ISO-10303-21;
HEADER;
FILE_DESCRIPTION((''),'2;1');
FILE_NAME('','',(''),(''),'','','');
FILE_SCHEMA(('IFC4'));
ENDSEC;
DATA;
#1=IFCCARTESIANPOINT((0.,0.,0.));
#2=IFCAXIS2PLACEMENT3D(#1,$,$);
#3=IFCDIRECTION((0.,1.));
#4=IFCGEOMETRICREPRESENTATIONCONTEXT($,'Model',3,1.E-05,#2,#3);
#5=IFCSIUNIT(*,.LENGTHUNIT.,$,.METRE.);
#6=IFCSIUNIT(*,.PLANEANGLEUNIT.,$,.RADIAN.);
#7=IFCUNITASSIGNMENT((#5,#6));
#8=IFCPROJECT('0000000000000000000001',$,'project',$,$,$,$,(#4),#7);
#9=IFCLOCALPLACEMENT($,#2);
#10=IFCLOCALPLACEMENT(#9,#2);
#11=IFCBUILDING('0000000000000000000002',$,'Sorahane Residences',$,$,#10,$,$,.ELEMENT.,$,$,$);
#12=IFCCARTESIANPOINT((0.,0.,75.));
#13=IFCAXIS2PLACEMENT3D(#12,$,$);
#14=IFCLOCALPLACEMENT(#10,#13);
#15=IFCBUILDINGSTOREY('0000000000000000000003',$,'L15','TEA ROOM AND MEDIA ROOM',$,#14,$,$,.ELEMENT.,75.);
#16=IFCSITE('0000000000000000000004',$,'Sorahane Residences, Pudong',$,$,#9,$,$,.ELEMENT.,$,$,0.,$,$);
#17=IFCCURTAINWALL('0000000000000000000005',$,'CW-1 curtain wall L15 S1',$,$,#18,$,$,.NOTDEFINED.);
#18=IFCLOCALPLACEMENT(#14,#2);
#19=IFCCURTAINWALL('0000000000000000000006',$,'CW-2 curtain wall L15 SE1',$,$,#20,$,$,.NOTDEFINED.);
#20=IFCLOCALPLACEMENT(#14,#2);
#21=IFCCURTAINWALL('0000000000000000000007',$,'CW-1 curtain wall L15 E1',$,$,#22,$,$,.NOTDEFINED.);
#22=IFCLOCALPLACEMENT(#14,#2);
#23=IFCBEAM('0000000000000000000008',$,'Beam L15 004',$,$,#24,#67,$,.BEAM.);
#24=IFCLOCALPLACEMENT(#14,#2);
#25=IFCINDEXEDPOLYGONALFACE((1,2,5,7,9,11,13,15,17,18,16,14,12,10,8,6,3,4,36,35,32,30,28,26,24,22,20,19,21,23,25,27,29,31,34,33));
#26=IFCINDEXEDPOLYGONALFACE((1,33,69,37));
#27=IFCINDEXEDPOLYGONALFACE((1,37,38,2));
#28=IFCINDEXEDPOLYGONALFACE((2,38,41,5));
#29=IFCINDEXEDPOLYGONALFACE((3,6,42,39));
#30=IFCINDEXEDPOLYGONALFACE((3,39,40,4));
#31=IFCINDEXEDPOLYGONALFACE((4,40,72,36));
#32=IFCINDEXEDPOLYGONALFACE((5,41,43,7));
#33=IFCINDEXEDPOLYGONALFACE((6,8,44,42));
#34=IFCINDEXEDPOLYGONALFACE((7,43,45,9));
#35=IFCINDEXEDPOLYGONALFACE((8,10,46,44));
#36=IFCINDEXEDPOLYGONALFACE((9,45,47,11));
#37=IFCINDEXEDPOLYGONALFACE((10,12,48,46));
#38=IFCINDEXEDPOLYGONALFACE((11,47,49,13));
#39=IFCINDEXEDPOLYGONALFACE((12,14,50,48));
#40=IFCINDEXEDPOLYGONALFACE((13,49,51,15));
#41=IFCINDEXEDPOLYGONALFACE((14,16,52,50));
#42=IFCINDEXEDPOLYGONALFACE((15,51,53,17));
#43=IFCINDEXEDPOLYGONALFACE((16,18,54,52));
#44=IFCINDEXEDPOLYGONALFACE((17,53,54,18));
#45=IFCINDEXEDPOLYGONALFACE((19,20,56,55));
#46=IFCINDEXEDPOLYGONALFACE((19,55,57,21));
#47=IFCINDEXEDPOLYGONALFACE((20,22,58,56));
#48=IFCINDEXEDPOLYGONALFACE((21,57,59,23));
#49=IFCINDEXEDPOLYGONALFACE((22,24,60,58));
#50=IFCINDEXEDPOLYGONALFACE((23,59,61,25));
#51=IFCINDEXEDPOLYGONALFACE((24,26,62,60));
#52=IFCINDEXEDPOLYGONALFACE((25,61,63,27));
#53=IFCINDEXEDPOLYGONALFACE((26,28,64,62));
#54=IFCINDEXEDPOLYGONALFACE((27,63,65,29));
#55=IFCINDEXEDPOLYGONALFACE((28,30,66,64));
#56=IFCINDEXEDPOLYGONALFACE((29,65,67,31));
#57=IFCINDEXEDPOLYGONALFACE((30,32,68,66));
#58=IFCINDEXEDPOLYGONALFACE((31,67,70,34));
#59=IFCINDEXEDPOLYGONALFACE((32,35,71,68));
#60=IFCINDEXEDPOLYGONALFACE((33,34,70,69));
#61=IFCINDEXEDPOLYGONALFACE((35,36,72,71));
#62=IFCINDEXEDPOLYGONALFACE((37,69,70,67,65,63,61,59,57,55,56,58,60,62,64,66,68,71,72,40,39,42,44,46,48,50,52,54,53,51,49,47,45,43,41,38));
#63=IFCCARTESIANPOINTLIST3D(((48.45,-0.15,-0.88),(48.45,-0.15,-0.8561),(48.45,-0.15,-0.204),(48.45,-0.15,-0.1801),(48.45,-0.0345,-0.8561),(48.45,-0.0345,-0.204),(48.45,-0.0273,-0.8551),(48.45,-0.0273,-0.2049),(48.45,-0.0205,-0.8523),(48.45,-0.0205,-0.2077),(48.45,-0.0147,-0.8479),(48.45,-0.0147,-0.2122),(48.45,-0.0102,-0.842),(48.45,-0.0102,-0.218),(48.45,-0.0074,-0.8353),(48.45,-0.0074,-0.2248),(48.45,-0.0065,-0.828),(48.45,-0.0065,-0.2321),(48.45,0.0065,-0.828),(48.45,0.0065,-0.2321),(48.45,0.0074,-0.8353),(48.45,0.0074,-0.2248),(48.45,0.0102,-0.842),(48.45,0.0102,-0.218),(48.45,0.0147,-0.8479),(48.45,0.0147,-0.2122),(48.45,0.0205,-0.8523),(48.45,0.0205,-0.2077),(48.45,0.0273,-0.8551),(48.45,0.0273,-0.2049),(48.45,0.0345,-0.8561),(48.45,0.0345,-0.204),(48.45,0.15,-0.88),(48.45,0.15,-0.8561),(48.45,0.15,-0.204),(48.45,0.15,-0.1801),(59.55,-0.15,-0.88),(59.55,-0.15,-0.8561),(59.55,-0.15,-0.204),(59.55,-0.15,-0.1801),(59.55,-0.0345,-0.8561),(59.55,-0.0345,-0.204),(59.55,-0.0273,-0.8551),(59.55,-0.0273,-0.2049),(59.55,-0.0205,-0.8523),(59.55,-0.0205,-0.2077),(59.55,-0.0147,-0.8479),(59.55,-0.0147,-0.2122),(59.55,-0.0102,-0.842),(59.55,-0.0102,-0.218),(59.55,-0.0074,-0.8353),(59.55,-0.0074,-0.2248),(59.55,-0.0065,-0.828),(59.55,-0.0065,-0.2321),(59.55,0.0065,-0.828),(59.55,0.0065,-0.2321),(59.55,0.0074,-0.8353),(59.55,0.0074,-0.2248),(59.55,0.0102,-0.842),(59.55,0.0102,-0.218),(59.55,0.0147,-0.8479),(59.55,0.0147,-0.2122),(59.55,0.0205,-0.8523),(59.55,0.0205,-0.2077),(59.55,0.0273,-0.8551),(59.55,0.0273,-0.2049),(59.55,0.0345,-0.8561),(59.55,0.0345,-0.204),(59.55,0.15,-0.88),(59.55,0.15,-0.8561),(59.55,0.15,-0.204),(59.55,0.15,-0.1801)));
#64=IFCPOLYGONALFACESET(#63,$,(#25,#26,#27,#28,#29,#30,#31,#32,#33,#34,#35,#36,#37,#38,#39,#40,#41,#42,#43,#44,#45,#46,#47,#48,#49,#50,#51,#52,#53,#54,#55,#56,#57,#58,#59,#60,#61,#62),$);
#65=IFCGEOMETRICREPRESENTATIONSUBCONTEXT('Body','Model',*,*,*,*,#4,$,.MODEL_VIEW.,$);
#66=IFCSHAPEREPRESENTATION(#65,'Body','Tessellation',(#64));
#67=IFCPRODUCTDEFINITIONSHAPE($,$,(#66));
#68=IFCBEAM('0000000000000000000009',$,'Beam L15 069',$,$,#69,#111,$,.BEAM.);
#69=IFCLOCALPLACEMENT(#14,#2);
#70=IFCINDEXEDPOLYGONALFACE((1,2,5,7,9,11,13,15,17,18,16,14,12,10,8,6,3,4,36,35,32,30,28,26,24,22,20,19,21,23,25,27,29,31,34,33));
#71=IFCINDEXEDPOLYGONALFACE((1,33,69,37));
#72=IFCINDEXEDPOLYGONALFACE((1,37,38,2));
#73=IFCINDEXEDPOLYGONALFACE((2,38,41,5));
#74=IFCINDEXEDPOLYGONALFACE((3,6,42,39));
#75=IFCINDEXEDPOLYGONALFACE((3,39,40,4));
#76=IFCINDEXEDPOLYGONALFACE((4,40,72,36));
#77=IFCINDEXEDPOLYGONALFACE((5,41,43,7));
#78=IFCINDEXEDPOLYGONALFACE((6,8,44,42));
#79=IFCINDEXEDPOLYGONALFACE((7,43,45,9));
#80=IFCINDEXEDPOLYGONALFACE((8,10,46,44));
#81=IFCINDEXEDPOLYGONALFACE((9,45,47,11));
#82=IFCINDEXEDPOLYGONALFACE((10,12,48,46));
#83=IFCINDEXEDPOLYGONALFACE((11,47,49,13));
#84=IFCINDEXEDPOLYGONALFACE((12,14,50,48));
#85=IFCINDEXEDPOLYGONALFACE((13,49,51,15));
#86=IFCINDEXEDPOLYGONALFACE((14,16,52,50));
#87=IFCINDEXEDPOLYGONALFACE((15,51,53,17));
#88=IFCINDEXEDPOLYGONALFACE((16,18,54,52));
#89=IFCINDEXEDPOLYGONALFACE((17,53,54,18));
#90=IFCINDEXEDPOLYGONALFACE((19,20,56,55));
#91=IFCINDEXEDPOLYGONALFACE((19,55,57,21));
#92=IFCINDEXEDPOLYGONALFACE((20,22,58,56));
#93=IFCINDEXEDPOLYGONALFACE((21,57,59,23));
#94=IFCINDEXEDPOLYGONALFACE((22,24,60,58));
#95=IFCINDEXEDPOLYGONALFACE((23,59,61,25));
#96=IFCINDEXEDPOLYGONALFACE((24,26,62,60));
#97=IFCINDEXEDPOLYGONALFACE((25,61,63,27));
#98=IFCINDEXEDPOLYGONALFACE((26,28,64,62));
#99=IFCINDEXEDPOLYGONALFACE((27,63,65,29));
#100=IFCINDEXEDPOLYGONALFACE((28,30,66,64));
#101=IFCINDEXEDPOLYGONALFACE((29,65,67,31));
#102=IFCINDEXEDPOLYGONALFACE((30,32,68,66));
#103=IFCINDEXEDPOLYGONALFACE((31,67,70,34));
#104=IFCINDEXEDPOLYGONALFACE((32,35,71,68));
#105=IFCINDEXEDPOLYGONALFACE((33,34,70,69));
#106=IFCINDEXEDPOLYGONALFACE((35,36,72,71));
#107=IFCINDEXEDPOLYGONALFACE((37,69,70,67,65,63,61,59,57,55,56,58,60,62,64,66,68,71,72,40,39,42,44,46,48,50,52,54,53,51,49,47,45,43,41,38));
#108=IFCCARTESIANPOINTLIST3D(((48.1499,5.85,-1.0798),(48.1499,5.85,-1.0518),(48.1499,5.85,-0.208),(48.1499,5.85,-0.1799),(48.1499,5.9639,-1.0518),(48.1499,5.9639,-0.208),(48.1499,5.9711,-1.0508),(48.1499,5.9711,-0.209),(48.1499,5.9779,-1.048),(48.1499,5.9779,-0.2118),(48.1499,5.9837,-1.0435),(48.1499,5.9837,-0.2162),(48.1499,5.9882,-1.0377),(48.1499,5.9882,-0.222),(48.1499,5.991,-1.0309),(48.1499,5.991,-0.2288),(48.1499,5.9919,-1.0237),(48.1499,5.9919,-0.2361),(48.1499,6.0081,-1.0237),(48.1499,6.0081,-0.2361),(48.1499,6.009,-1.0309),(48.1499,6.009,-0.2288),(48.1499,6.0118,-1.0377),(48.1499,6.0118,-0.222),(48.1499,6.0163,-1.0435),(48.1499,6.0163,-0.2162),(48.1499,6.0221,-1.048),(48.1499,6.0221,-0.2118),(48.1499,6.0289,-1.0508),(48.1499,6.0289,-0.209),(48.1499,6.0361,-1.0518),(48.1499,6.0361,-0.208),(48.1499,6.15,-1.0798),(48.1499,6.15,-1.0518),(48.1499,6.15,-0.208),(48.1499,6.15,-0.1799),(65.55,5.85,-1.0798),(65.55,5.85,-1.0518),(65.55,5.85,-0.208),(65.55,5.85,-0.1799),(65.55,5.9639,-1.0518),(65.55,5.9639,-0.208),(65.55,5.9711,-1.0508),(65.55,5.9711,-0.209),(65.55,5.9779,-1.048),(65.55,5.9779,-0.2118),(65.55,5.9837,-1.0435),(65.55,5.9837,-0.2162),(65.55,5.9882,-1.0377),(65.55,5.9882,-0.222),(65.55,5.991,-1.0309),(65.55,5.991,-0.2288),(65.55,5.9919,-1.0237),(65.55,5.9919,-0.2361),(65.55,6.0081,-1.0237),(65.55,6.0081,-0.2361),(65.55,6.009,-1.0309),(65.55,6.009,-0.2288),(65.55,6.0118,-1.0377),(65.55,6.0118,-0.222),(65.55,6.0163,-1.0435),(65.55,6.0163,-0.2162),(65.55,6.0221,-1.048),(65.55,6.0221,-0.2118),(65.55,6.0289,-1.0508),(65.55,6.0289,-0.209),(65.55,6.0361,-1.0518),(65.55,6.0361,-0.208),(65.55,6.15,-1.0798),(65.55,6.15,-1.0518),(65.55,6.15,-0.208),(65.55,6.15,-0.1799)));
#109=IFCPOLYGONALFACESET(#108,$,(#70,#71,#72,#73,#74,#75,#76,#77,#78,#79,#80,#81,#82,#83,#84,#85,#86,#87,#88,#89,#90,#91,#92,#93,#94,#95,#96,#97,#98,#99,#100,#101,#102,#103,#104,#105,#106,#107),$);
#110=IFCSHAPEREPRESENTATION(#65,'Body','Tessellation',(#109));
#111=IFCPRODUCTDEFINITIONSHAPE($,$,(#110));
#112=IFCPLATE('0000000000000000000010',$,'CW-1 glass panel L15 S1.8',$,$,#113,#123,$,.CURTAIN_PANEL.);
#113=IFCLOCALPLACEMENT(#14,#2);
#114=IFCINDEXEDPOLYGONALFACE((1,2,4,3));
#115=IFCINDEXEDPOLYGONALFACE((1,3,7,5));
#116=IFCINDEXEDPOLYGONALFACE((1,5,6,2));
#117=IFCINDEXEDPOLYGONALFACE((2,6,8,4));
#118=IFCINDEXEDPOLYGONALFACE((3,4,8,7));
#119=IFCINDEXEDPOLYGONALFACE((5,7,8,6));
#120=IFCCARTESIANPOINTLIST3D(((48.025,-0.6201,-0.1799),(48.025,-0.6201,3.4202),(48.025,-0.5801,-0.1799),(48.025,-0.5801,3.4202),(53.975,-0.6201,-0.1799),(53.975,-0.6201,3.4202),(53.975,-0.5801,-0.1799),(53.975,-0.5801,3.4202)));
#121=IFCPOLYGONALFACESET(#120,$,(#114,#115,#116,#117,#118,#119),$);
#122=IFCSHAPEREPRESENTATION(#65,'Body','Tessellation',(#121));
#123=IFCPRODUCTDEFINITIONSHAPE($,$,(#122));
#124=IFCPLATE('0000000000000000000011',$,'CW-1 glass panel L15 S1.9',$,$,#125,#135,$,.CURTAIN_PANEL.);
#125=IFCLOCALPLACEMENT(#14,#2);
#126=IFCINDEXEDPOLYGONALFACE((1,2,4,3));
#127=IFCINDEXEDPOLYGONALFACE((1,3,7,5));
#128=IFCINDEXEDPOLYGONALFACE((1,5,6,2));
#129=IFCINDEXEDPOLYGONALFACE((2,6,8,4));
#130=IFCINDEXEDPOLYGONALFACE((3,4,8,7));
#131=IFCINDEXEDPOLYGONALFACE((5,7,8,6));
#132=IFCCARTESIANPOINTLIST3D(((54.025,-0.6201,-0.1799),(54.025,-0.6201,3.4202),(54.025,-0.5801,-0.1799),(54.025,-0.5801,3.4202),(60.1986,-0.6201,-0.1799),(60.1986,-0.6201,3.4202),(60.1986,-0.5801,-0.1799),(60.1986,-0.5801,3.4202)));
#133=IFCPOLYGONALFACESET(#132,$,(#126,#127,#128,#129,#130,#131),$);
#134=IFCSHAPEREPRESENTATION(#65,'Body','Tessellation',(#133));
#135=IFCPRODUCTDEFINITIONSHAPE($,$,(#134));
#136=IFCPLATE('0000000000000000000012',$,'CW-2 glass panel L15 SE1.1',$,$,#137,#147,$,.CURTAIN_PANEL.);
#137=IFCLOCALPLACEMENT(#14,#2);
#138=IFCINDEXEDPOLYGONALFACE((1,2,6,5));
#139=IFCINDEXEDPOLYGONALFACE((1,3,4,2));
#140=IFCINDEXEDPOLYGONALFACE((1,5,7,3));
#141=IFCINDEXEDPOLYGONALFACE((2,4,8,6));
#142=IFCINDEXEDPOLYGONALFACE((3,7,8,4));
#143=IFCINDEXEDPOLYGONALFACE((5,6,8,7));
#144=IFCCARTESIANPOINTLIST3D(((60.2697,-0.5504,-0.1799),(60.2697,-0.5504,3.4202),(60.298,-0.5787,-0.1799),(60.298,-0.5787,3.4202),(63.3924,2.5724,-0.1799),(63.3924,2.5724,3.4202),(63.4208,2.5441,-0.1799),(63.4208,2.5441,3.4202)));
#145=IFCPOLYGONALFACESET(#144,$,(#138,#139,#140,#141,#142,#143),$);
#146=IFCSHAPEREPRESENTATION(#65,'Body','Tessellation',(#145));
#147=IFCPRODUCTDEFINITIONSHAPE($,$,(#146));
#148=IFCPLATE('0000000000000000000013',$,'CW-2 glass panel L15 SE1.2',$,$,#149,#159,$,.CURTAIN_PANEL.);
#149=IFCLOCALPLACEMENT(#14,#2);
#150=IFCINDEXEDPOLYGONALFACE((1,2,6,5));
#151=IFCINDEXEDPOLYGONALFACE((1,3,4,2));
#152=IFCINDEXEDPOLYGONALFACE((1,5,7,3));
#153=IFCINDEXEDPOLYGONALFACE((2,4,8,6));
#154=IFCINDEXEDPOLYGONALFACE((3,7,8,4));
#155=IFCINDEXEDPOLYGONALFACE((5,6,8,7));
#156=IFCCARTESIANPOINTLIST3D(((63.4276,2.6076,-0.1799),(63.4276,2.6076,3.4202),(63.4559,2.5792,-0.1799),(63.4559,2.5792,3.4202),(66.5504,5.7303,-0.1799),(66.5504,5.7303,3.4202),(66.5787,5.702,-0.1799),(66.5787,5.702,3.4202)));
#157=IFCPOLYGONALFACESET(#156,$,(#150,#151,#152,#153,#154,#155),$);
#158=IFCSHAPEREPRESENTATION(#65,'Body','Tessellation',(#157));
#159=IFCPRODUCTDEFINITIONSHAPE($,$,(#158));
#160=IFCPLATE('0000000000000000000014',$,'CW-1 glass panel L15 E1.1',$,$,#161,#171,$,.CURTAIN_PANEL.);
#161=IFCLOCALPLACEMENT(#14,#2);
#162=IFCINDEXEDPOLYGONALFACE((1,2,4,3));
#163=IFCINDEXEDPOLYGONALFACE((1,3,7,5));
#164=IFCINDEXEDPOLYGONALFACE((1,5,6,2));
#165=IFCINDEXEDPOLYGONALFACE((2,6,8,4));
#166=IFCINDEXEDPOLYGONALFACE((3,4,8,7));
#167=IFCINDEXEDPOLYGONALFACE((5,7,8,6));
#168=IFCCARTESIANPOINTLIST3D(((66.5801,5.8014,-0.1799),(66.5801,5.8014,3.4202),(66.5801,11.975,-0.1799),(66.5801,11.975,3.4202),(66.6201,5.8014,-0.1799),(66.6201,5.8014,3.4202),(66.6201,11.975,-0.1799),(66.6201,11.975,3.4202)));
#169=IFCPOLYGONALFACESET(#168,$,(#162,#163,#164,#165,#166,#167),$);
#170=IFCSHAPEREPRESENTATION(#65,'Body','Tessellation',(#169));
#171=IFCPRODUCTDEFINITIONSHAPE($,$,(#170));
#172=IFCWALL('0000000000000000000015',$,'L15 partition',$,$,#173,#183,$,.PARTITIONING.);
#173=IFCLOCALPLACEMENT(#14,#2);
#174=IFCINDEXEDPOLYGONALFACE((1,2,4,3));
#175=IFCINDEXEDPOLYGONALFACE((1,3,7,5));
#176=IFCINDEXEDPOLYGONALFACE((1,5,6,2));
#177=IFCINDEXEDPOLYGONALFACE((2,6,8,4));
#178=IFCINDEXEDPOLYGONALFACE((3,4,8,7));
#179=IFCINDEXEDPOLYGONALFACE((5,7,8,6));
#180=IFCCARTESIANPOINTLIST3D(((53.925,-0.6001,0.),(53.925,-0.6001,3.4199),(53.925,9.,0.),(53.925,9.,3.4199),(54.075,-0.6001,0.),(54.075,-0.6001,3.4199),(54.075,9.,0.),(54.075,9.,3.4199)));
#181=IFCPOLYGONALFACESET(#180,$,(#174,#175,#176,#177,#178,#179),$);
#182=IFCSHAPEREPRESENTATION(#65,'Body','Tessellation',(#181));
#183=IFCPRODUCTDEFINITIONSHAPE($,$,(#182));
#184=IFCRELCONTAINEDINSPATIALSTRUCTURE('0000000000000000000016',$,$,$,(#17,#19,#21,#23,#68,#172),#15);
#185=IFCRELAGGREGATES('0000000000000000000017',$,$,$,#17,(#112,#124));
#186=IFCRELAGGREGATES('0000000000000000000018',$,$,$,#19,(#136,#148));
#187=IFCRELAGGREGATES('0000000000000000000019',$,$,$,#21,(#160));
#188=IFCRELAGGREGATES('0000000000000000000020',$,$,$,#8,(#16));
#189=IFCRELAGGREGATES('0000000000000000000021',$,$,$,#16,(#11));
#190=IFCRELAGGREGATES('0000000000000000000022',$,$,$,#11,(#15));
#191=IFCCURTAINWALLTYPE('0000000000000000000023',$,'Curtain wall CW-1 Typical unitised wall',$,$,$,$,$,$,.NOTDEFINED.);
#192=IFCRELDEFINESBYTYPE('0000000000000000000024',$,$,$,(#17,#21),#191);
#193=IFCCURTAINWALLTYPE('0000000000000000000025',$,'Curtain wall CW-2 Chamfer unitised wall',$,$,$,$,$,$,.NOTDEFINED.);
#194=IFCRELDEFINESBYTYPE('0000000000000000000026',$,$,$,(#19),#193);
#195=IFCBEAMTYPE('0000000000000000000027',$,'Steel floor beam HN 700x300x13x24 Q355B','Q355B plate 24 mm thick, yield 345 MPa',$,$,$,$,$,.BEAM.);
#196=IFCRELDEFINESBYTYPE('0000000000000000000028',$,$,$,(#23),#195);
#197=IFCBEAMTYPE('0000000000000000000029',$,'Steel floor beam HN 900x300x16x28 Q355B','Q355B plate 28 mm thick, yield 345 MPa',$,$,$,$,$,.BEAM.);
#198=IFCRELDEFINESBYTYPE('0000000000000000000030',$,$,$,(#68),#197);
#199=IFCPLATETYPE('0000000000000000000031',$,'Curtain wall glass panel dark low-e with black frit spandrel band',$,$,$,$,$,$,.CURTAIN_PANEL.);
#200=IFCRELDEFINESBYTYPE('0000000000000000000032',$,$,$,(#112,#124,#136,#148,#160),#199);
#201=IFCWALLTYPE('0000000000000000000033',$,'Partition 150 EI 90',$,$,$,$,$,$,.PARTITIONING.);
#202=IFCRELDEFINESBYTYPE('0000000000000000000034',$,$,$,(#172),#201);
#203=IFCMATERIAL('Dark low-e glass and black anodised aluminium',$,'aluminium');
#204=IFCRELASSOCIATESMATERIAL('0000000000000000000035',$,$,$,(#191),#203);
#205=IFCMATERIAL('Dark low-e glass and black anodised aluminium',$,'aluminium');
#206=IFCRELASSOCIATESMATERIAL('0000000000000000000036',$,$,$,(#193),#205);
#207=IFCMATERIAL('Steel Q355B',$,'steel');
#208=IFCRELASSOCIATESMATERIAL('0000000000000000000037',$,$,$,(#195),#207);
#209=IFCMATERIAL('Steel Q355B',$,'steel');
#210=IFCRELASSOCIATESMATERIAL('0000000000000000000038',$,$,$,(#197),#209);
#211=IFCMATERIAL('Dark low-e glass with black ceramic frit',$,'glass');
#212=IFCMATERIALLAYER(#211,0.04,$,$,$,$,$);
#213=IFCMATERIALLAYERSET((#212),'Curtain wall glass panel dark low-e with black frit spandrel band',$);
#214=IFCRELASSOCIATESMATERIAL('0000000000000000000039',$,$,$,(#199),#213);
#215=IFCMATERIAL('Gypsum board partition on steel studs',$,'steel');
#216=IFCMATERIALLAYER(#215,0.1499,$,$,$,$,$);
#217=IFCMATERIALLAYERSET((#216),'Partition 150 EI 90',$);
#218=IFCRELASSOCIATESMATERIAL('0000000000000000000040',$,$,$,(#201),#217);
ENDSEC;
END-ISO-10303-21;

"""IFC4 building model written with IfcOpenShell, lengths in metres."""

from ifc_helpers import new_model, si_unit, direction, frame, frame_2d, origin, origin_2d, place, context, subcontext, project, spatial, rectangle, i_section, extrude, material, layer, layer_set, material_profile, profile_set, type_object, element, aggregate, save


model = new_model("IFC4")

# Units and contexts
model_context = context("Model", 3, precision=1e-05, world=origin(), true_north=direction((0.0, 1.0)))
body_context = subcontext(model_context, "Body", "Model", "MODEL_VIEW")
ifc_project = project(units=[si_unit("LENGTHUNIT", "METRE"), si_unit("PLANEANGLEUNIT", "RADIAN")], contexts=[model_context])

# Site, building, storey
site_placement = place(None, origin())
site = spatial("IfcSite", under=ifc_project, at=site_placement, Name="Sorahane Residences, Pudong", CompositionType="ELEMENT", RefElevation=0.0)
building_placement = place(site_placement, origin())
building = spatial("IfcBuilding", under=site, at=building_placement, Name="Sorahane Residences", CompositionType="ELEMENT")
storey_placement = place(building_placement, frame((0.0, 0.0, 75.0)))
storey = spatial("IfcBuildingStorey", under=building, at=storey_placement, Name="L15", Description="TEA ROOM AND MEDIA ROOM", CompositionType="ELEMENT", Elevation=75.0)

# Curtain walls
ifc_material_1 = material(Name="Dark low-e glass and black anodised aluminium", Category="aluminium")
curtain_wall_type_1 = type_object("IfcCurtainWallType", Name="Curtain wall CW-1 Typical unitised wall", PredefinedType="NOTDEFINED", material=ifc_material_1)
curtain_wall_1_placement = place(storey_placement, origin())
curtain_wall_1 = element("IfcCurtainWall", 1, at=curtain_wall_1_placement, inside=storey, type_object=curtain_wall_type_1, Name="CW-1 curtain wall L15 S1", PredefinedType="NOTDEFINED")
ifc_material_2 = material(Name="Dark low-e glass and black anodised aluminium", Category="aluminium")
curtain_wall_type_2 = type_object("IfcCurtainWallType", Name="Curtain wall CW-2 Chamfer unitised wall", PredefinedType="NOTDEFINED", material=ifc_material_2)
curtain_wall_2_placement = place(storey_placement, origin())
curtain_wall_2 = element("IfcCurtainWall", 2, at=curtain_wall_2_placement, inside=storey, type_object=curtain_wall_type_2, Name="CW-2 curtain wall L15 SE1", PredefinedType="NOTDEFINED")

# Curtain wall
curtain_wall_3_placement = place(storey_placement, origin())
curtain_wall_3 = element("IfcCurtainWall", 3, at=curtain_wall_3_placement, inside=storey, type_object=curtain_wall_type_1, Name="CW-1 curtain wall L15 E1", PredefinedType="NOTDEFINED")

# Beams
ifc_material_3 = material(Name="Steel Q355B", Category="steel")
ifc_material_profile_1 = material_profile(ifc_material_3, i_section(OverallWidth=0.3, OverallDepth=0.7, WebThickness=0.0129, FlangeThickness=0.0239, FilletRadius=0.0281, at=origin_2d()), Name="HN 700x300x13x24")
ifc_profile_set_1 = profile_set([ifc_material_profile_1], Name="Steel Q355B")
beam_type_1 = type_object("IfcBeamType", Name="Steel floor beam HN 700x300x13x24 Q355B", Description="Q355B plate 24 mm thick, yield 345 MPa", PredefinedType="BEAM", material=ifc_profile_set_1)
beam_1_placement = place(storey_placement, frame((48.45, 0.0, -0.53), z_axis=(1.0, 0.0, 0.0), x_axis=(0.0, 1.0, 0.0)))
element("IfcBeam", 4, at=beam_1_placement, inside=storey, type_object=beam_type_1, Name="Beam L15 004", PredefinedType="BEAM", context=body_context, shape_type="SweptSolid", body=[
    extrude(i_section(OverallWidth=0.3, OverallDepth=0.7, WebThickness=0.0129, FlangeThickness=0.0239, FilletRadius=0.0281, at=origin_2d()), origin(), (0.0, 0.0, 1.0), 11.1001),
])
ifc_material_4 = material(Name="Steel Q355B", Category="steel")
ifc_material_profile_2 = material_profile(ifc_material_4, i_section(OverallWidth=0.3, OverallDepth=0.8999, WebThickness=0.0161, FlangeThickness=0.0281, FilletRadius=0.0281, at=origin_2d()), Name="HN 900x300x16x28")
ifc_profile_set_2 = profile_set([ifc_material_profile_2], Name="Steel Q355B")
beam_type_2 = type_object("IfcBeamType", Name="Steel floor beam HN 900x300x16x28 Q355B", Description="Q355B plate 28 mm thick, yield 345 MPa", PredefinedType="BEAM", material=ifc_profile_set_2)
beam_2_placement = place(storey_placement, frame((48.1499, 6.0, -0.6299), z_axis=(1.0, 0.0, 0.0), x_axis=(0.0, 1.0, 0.0)))
element("IfcBeam", 5, at=beam_2_placement, inside=storey, type_object=beam_type_2, Name="Beam L15 069", PredefinedType="BEAM", context=body_context, shape_type="SweptSolid", body=[
    extrude(i_section(OverallWidth=0.3, OverallDepth=0.8999, WebThickness=0.0161, FlangeThickness=0.0281, FilletRadius=0.0281, at=origin_2d()), origin(), (0.0, 0.0, 1.0), 17.4001),
])

# Plates
ifc_material_5 = material(Name="Dark low-e glass with black ceramic frit", Category="glass")
ifc_layer_1 = layer(ifc_material_5, 0.04)
ifc_layer_set_1 = layer_set([ifc_layer_1], Name="Curtain wall glass panel dark low-e with black frit spandrel band")
plate_type = type_object("IfcPlateType", Name="Curtain wall glass panel dark low-e with black frit spandrel band", PredefinedType="CURTAIN_PANEL", material=ifc_layer_set_1)
plate_1_placement = place(storey_placement, frame((51.0, -0.6001, -0.1799), z_axis=(0.0, 0.0, 1.0), x_axis=(1.0, 0.0, 0.0)))
plate_1 = element("IfcPlate", 6, at=plate_1_placement, type_object=plate_type, Name="CW-1 glass panel L15 S1.8", PredefinedType="CURTAIN_PANEL", context=body_context, shape_type="SweptSolid", body=[
    extrude(rectangle(XDim=5.95, YDim=0.04, at=origin_2d()), origin(), (0.0, 0.0, 1.0), 3.6001),
])
plate_2_placement = place(storey_placement, frame((57.1118, -0.6001, -0.1799), z_axis=(0.0, 0.0, 1.0), x_axis=(1.0, 0.0, 0.0)))
plate_2 = element("IfcPlate", 7, at=plate_2_placement, type_object=plate_type, Name="CW-1 glass panel L15 S1.9", PredefinedType="CURTAIN_PANEL", context=body_context, shape_type="SweptSolid", body=[
    extrude(rectangle(XDim=6.1736, YDim=0.04, at=origin_2d()), origin(), (0.0, 0.0, 1.0), 3.6001),
])
aggregate(curtain_wall_1, [plate_1, plate_2])
plate_3_placement = place(storey_placement, frame((61.8452, 0.9968, -0.1799), z_axis=(0.0, 0.0, 1.0), x_axis=(0.707107, 0.707107, 0.0)))
plate_3 = element("IfcPlate", 8, at=plate_3_placement, type_object=plate_type, Name="CW-2 glass panel L15 SE1.1", PredefinedType="CURTAIN_PANEL", context=body_context, shape_type="SweptSolid", body=[
    extrude(rectangle(XDim=4.4163, YDim=0.04, at=origin_2d()), origin(), (0.0, 0.0, 1.0), 3.6001),
])
plate_4_placement = place(storey_placement, frame((65.0032, 4.1548, -0.1799), z_axis=(0.0, 0.0, 1.0), x_axis=(0.707107, 0.707107, 0.0)))
plate_4 = element("IfcPlate", 9, at=plate_4_placement, type_object=plate_type, Name="CW-2 glass panel L15 SE1.2", PredefinedType="CURTAIN_PANEL", context=body_context, shape_type="SweptSolid", body=[
    extrude(rectangle(XDim=4.4163, YDim=0.04, at=origin_2d()), origin(), (0.0, 0.0, 1.0), 3.6001),
])
aggregate(curtain_wall_2, [plate_3, plate_4])
plate_5_placement = place(storey_placement, frame((66.6001, 8.8882, -0.1799), z_axis=(0.0, 0.0, 1.0), x_axis=(0.0, 1.0, 0.0)))
plate_5 = element("IfcPlate", 10, at=plate_5_placement, type_object=plate_type, Name="CW-1 glass panel L15 E1.1", PredefinedType="CURTAIN_PANEL", context=body_context, shape_type="SweptSolid", body=[
    extrude(rectangle(XDim=6.1736, YDim=0.04, at=origin_2d()), origin(), (0.0, 0.0, 1.0), 3.6001),
])
aggregate(curtain_wall_3, [plate_5])

# Wall
ifc_material_6 = material(Name="Gypsum board partition on steel studs", Category="steel")
ifc_layer_2 = layer(ifc_material_6, 0.1499)
ifc_layer_set_2 = layer_set([ifc_layer_2], Name="Partition 150 EI 90")
wall_type_1 = type_object("IfcWallType", Name="Partition 150 EI 90", PredefinedType="PARTITIONING", material=ifc_layer_set_2)
wall_1_placement = place(storey_placement, frame((54.0, -0.6001, 0.0), z_axis=(0.0, 0.0, 1.0), x_axis=(0.0, 1.0, 0.0)))
element("IfcWall", 11, at=wall_1_placement, inside=storey, type_object=wall_type_1, Name="L15 partition", PredefinedType="PARTITIONING", context=body_context, shape_type="SweptSolid", body=[
    extrude(rectangle(XDim=9.6001, YDim=0.1499, at=frame_2d((4.8, 0.0))), origin(), (0.0, 0.0, 1.0), 3.4199),
])

save(model, "model.ifc")
